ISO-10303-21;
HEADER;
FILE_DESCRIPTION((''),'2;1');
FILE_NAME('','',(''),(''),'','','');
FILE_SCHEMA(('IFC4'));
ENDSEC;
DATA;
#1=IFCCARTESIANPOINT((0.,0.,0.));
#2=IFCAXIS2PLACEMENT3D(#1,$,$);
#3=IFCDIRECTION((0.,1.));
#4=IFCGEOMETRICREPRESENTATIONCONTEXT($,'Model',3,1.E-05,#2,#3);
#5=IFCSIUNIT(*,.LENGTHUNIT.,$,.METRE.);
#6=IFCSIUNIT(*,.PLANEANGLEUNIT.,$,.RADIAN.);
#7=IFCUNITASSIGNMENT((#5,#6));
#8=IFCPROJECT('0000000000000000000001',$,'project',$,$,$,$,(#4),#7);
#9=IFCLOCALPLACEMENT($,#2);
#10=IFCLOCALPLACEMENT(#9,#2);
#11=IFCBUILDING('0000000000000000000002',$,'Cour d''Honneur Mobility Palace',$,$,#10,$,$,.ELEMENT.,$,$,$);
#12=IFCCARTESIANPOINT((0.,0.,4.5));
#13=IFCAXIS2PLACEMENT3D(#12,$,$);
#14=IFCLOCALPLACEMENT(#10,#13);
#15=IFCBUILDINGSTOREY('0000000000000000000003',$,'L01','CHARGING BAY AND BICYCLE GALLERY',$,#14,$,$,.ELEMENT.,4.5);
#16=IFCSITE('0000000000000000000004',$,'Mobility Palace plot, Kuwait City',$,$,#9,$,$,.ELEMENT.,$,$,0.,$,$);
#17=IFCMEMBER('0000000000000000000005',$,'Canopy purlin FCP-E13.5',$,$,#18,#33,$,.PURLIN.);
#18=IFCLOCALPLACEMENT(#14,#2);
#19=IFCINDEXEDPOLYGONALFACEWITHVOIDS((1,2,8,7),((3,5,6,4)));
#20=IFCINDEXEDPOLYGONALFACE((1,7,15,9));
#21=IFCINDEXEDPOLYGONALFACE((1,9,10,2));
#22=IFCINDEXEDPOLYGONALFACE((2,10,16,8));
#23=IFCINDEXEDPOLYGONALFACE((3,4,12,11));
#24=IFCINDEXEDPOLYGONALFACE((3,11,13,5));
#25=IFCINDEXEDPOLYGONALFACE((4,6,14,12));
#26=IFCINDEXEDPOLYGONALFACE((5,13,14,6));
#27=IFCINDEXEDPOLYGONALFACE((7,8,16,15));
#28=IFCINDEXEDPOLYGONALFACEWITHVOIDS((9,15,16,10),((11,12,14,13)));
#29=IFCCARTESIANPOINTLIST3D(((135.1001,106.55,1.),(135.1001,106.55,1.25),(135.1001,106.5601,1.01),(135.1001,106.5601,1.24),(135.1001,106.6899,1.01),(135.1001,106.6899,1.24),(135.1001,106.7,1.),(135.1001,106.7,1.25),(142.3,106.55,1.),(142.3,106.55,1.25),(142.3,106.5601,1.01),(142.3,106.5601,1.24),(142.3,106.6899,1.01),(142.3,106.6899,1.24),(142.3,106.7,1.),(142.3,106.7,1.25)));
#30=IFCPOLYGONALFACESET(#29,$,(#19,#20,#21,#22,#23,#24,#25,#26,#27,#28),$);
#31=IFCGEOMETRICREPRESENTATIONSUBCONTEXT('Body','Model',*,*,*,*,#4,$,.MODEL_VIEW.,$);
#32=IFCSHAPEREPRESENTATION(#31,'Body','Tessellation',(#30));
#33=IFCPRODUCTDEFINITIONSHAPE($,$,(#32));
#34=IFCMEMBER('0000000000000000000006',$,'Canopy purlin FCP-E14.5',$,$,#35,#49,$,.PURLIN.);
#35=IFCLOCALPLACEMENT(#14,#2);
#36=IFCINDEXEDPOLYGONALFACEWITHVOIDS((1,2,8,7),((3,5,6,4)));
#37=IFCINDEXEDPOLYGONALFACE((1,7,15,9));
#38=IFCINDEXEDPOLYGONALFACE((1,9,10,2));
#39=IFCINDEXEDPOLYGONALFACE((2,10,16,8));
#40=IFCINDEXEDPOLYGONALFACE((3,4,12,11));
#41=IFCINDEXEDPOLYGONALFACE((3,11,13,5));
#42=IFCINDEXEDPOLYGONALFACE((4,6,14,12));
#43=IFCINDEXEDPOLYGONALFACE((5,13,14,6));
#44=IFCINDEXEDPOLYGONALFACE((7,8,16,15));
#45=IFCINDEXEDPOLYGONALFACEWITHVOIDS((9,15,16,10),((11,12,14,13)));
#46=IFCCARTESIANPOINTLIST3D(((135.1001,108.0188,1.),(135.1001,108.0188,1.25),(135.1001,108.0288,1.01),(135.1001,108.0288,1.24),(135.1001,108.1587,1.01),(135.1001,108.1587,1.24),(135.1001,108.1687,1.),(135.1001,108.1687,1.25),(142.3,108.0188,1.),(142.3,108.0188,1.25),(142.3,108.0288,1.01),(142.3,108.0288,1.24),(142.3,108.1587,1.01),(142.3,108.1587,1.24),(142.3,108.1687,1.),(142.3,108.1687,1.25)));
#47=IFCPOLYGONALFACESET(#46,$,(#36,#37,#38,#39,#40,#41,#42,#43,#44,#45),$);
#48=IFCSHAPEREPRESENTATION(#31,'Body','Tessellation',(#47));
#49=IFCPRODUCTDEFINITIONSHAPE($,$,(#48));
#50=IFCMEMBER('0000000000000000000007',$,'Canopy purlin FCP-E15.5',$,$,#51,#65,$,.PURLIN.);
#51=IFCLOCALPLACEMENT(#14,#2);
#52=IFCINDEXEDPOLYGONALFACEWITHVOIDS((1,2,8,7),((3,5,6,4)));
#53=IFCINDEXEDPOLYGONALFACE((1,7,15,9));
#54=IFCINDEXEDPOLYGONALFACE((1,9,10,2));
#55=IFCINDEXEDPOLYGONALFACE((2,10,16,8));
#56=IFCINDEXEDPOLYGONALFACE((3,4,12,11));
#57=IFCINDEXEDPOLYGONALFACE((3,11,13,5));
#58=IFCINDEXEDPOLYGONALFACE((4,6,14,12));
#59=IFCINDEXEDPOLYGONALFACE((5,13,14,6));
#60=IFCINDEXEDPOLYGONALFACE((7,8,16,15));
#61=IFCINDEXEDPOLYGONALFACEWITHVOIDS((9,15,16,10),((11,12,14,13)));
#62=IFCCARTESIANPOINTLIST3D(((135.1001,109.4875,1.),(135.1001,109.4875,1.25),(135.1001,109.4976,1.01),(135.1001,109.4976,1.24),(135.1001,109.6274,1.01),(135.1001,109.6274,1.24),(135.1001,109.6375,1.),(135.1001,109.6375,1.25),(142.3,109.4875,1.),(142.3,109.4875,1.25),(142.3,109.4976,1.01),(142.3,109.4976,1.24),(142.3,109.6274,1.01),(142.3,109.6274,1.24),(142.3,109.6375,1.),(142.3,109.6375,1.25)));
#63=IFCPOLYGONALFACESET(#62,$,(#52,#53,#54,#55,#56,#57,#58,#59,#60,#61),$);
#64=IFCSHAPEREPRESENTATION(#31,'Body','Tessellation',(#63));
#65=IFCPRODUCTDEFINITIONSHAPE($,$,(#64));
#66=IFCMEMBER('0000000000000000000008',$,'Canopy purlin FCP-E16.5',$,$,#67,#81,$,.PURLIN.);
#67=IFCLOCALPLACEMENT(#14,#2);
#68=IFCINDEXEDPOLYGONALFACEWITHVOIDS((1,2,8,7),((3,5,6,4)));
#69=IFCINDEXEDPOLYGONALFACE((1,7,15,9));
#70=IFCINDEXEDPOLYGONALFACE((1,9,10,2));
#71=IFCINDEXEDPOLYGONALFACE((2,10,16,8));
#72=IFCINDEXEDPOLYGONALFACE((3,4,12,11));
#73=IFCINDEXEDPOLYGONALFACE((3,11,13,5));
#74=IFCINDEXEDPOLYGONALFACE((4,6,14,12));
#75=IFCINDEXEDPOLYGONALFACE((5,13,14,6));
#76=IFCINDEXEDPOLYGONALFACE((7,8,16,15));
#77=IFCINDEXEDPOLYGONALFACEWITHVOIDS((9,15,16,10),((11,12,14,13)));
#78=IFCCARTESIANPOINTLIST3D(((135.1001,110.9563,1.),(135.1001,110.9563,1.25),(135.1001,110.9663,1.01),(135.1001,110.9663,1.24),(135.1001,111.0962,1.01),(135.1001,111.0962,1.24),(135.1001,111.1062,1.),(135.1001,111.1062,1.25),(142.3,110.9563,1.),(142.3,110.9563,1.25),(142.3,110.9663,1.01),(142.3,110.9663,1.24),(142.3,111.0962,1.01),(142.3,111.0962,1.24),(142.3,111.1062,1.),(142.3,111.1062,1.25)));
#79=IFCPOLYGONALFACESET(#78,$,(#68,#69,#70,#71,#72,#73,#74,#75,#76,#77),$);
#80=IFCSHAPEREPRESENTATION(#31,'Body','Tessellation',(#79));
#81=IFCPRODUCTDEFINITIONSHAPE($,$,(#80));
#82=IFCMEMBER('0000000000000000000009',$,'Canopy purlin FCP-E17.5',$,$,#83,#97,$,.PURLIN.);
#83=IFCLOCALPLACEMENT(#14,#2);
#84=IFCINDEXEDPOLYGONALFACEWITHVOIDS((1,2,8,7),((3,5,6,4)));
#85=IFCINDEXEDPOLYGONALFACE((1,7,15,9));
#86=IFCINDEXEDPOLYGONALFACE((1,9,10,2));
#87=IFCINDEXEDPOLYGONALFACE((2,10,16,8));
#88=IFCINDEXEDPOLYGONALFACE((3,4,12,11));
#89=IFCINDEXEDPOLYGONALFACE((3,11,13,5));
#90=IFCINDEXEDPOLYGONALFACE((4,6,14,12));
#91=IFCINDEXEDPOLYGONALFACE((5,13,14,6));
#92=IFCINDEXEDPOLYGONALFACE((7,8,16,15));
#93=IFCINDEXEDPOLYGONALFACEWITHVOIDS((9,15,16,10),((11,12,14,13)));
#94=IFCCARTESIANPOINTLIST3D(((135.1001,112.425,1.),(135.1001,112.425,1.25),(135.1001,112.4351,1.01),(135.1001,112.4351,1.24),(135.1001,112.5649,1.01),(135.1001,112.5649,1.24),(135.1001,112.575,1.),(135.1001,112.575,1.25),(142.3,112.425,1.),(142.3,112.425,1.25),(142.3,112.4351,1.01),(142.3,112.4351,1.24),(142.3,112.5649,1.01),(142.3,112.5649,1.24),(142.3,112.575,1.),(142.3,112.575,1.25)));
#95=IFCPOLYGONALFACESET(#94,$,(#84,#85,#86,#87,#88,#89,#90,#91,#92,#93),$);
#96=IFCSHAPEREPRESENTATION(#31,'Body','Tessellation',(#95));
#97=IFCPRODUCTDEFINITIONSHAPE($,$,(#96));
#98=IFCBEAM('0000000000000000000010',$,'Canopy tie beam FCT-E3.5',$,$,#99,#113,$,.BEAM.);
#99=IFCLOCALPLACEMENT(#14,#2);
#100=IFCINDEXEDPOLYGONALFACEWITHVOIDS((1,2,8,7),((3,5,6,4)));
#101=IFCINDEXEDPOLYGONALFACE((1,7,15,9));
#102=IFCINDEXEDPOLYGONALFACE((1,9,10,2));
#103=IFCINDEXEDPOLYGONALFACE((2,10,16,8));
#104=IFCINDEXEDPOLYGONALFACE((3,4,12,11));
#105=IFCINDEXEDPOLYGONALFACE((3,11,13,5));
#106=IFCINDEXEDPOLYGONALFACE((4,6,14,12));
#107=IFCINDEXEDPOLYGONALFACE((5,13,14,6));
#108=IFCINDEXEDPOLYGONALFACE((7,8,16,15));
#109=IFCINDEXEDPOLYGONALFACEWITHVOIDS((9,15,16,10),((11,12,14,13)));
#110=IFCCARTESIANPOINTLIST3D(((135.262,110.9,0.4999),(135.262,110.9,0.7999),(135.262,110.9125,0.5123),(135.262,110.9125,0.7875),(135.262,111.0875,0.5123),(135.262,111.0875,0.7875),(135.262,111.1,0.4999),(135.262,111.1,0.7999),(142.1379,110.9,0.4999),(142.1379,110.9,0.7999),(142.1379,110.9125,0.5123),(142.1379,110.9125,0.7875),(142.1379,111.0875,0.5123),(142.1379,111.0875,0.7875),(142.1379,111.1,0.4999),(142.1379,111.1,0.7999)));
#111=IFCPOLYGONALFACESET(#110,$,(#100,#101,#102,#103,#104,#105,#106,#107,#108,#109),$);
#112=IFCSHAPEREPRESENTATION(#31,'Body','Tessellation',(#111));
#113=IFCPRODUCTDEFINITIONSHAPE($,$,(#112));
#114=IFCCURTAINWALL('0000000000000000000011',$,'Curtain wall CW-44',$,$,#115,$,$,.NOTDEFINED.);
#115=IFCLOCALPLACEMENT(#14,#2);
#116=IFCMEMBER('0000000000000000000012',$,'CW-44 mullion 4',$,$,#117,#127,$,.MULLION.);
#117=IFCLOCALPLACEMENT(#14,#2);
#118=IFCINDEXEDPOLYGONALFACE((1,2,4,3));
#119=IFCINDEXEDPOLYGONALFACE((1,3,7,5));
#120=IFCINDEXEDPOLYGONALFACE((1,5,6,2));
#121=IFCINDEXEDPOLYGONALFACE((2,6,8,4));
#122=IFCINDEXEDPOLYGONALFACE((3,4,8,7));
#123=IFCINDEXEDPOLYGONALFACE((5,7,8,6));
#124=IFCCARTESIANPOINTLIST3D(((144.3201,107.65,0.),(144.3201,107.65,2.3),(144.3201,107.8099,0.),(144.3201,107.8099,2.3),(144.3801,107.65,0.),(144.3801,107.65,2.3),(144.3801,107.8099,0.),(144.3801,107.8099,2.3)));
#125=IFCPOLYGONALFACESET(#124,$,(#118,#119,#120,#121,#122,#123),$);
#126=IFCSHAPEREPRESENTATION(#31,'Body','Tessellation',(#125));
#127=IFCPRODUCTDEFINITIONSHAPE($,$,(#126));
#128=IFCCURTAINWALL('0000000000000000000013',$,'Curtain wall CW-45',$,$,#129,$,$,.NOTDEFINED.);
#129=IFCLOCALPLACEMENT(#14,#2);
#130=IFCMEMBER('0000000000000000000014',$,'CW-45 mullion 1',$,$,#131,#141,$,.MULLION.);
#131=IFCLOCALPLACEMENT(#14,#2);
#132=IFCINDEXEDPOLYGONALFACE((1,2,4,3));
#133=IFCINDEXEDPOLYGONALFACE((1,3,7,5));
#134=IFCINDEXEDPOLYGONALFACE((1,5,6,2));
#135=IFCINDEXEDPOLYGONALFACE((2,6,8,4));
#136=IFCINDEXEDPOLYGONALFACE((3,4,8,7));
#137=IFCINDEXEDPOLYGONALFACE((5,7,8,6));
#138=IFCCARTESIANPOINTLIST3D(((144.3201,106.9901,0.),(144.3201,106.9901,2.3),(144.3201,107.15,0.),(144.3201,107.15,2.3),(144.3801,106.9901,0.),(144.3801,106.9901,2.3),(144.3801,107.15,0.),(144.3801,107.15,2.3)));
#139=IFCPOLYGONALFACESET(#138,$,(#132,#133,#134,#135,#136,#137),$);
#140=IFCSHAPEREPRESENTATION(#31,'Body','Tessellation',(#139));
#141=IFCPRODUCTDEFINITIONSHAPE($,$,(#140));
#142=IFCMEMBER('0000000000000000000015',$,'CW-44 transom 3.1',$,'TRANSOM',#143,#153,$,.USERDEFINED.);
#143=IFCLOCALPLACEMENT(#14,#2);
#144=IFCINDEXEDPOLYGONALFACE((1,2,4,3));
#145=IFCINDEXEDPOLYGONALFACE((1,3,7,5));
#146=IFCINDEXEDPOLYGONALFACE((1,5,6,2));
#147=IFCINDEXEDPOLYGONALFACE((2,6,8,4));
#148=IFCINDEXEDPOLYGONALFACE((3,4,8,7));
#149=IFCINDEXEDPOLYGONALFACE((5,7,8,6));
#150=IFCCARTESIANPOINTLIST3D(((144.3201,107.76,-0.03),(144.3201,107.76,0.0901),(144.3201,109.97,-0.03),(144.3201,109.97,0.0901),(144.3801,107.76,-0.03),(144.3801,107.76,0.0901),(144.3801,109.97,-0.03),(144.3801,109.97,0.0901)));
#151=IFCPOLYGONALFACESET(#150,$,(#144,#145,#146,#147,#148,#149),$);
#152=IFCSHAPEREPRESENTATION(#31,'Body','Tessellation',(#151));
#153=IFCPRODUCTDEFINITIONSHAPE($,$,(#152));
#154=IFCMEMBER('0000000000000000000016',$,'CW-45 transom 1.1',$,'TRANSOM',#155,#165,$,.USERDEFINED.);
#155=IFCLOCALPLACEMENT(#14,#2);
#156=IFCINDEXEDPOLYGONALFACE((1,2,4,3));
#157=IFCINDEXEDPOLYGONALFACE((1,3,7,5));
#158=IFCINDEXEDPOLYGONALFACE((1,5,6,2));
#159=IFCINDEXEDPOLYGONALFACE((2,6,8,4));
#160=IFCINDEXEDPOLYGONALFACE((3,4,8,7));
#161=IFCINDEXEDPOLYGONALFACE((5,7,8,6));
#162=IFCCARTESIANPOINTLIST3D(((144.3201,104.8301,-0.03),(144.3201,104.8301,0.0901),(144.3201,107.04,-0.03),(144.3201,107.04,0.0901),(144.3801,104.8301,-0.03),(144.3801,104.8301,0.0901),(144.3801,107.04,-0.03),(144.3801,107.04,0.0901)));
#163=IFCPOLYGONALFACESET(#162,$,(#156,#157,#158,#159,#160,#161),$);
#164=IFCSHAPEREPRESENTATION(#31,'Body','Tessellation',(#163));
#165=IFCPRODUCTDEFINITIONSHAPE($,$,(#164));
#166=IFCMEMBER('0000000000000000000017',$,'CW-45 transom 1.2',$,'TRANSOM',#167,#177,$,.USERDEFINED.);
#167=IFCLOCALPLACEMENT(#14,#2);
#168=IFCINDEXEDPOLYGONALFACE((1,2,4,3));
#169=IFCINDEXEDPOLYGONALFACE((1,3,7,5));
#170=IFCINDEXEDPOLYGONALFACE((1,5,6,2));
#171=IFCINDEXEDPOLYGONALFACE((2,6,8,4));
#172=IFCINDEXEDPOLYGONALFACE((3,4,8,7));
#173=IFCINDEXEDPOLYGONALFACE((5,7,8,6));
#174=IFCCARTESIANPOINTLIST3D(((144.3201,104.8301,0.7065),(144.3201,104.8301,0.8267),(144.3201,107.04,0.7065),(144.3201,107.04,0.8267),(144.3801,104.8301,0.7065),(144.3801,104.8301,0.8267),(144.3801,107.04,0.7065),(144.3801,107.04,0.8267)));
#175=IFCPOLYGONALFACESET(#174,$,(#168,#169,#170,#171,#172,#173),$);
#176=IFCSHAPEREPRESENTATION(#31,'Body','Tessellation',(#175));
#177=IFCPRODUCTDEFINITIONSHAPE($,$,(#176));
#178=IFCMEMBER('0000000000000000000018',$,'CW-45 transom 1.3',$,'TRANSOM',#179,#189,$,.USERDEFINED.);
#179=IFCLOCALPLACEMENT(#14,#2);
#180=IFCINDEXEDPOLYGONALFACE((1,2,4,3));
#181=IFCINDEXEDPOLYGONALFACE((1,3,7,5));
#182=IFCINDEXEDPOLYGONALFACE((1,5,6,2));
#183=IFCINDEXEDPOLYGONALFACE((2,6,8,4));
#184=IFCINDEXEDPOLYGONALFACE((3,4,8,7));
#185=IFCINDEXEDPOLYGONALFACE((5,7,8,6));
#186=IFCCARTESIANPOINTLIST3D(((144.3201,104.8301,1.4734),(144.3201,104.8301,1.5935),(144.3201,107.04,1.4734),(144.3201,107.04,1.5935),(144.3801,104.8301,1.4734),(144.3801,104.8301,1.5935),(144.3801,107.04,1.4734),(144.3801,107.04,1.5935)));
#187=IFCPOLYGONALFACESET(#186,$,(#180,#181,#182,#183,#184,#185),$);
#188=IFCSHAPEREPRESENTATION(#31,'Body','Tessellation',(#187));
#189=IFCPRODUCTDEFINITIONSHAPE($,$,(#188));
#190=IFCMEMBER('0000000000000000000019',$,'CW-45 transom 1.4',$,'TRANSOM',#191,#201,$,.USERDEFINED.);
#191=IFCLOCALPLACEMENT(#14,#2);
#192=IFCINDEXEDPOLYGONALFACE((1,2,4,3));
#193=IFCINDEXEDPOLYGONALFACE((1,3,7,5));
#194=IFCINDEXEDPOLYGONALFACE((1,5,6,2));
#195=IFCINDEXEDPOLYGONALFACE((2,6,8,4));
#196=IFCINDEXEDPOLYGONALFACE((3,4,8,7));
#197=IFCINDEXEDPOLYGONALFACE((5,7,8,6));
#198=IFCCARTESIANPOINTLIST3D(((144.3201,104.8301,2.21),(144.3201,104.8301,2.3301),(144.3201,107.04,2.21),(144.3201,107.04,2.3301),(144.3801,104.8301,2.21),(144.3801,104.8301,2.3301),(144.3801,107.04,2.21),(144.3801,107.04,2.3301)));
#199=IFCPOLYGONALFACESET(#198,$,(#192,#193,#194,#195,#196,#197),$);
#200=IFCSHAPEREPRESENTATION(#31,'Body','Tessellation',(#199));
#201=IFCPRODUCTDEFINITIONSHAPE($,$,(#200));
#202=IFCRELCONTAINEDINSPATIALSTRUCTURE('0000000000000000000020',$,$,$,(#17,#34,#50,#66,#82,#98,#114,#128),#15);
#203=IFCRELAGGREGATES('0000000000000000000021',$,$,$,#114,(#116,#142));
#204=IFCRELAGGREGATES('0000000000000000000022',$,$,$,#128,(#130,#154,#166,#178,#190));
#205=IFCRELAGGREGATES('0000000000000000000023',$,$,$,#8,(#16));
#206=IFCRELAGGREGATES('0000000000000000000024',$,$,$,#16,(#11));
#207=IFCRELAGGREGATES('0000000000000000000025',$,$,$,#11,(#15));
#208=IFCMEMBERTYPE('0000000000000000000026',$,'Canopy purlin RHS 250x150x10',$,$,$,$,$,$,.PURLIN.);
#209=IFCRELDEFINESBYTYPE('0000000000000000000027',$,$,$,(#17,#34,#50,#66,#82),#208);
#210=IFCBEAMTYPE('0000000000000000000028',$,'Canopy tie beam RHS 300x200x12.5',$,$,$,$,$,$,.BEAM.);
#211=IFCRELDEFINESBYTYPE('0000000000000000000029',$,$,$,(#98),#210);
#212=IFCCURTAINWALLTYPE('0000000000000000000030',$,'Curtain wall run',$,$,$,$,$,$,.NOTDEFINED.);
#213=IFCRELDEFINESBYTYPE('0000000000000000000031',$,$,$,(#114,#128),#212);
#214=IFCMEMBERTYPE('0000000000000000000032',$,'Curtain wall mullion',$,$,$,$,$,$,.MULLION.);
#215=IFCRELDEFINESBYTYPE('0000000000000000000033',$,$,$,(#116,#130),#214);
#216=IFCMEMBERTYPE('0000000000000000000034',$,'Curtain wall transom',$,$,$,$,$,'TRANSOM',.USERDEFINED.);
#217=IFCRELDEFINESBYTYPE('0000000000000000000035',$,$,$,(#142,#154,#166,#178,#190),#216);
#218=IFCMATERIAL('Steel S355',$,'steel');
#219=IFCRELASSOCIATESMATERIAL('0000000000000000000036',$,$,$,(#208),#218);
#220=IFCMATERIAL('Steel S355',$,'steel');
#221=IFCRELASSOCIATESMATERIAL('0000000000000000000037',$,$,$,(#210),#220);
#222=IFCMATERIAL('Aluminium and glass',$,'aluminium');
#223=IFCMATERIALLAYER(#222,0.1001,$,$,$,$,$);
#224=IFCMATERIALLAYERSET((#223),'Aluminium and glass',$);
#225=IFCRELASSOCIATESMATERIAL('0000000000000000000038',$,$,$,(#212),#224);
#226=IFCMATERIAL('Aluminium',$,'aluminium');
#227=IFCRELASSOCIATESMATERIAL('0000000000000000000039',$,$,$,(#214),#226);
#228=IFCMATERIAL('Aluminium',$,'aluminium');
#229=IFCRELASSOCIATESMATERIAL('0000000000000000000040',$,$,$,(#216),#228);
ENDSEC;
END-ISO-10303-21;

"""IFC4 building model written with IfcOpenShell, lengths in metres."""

from ifc_helpers import new_model, si_unit, direction, frame, origin, origin_2d, place, context, subcontext, project, spatial, rectangle, hollow_rectangle, extrude, material, layer, layer_set, material_profile, profile_set, type_object, element, aggregate, save


model = new_model("IFC4")

# Units and contexts
model_context = context("Model", 3, precision=1e-05, world=origin(), true_north=direction((0.0, 1.0)))
body_context = subcontext(model_context, "Body", "Model", "MODEL_VIEW")
ifc_project = project(units=[si_unit("LENGTHUNIT", "METRE"), si_unit("PLANEANGLEUNIT", "RADIAN")], contexts=[model_context])

# Site, building, storey
site_placement = place(None, origin())
site = spatial("IfcSite", under=ifc_project, at=site_placement, Name="Mobility Palace plot, Kuwait City", CompositionType="ELEMENT", RefElevation=0.0)
building_placement = place(site_placement, origin())
building = spatial("IfcBuilding", under=site, at=building_placement, Name="Cour d'Honneur Mobility Palace", CompositionType="ELEMENT")
storey_placement = place(building_placement, frame((0.0, 0.0, 4.5)))
storey = spatial("IfcBuildingStorey", under=building, at=storey_placement, Name="L01", Description="CHARGING BAY AND BICYCLE GALLERY", CompositionType="ELEMENT", Elevation=4.5)

# Members
ifc_material_1 = material(Name="Steel S355", Category="steel")
ifc_material_profile_1 = material_profile(ifc_material_1, hollow_rectangle(XDim=0.1499, YDim=0.25, WallThickness=0.01, at=origin_2d()), Name="RHS 250x150x10")
ifc_profile_set_1 = profile_set([ifc_material_profile_1], Name="Steel S355")
member_type_1 = type_object("IfcMemberType", Name="Canopy purlin RHS 250x150x10", PredefinedType="PURLIN", material=ifc_profile_set_1)
for number, where, z_axis, x_axis, name in (
    (1, (135.1001, 106.625, 1.125), (1.0, 0.0, 0.0), (0.0, 1.0, 0.0), "Canopy purlin FCP-E13.5"),
    (2, (135.1001, 108.0938, 1.125), (1.0, 0.0, 0.0), (0.0, 1.0, 0.0), "Canopy purlin FCP-E14.5"),
    (3, (135.1001, 109.5625, 1.125), (1.0, 0.0, 0.0), (0.0, 1.0, 0.0), "Canopy purlin FCP-E15.5"),
    (4, (135.1001, 111.0312, 1.125), (1.0, 0.0, 0.0), (0.0, 1.0, 0.0), "Canopy purlin FCP-E16.5"),
    (5, (135.1001, 112.5, 1.125), (1.0, 0.0, 0.0), (0.0, 1.0, 0.0), "Canopy purlin FCP-E17.5"),
):
    element("IfcMember", number, at=place(storey_placement, frame(where, z_axis=z_axis, x_axis=x_axis)), inside=storey, type_object=member_type_1, Name=name, PredefinedType="PURLIN", context=body_context, shape_type="SweptSolid", body=[
        extrude(hollow_rectangle(XDim=0.1499, YDim=0.25, WallThickness=0.01, at=origin_2d()), origin(), (0.0, 0.0, 1.0), 7.2),
    ])

# Beam
ifc_material_2 = material(Name="Steel S355", Category="steel")
ifc_material_profile_2 = material_profile(ifc_material_2, hollow_rectangle(XDim=0.2, YDim=0.3, WallThickness=0.0125, at=origin_2d()), Name="RHS 300x200x12.5")
ifc_profile_set_2 = profile_set([ifc_material_profile_2], Name="Steel S355")
beam_type = type_object("IfcBeamType", Name="Canopy tie beam RHS 300x200x12.5", PredefinedType="BEAM", material=ifc_profile_set_2)
beam_placement = place(storey_placement, frame((135.262, 111.0, 0.6499), z_axis=(1.0, 0.0, 0.0), x_axis=(0.0, 1.0, 0.0)))
element("IfcBeam", 6, at=beam_placement, inside=storey, type_object=beam_type, Name="Canopy tie beam FCT-E3.5", PredefinedType="BEAM", context=body_context, shape_type="SweptSolid", body=[
    extrude(hollow_rectangle(XDim=0.2, YDim=0.3, WallThickness=0.0125, at=origin_2d()), origin(), (0.0, 0.0, 1.0), 6.876),
])

# Curtain walls, members
ifc_material_3 = material(Name="Aluminium and glass", Category="aluminium")
ifc_layer_1 = layer(ifc_material_3, 0.1001)
ifc_layer_set_1 = layer_set([ifc_layer_1], Name="Aluminium and glass")
curtain_wall_type = type_object("IfcCurtainWallType", Name="Curtain wall run", PredefinedType="NOTDEFINED", material=ifc_layer_set_1)
curtain_wall_1_placement = place(storey_placement, origin())
curtain_wall_1 = element("IfcCurtainWall", 7, at=curtain_wall_1_placement, inside=storey, type_object=curtain_wall_type, Name="Curtain wall CW-44", PredefinedType="NOTDEFINED")
ifc_material_4 = material(Name="Aluminium", Category="aluminium")
ifc_material_profile_3 = material_profile(ifc_material_4, rectangle(XDim=0.0601, YDim=0.1599, at=origin_2d()), Name="Curtain wall mullion")
ifc_profile_set_3 = profile_set([ifc_material_profile_3], Name="Aluminium")
member_type_2 = type_object("IfcMemberType", Name="Curtain wall mullion", PredefinedType="MULLION", material=ifc_profile_set_3)
member_1_placement = place(storey_placement, frame((144.3501, 107.73, 0.0), z_axis=(0.0, 0.0, 1.0), x_axis=(1.0, 0.0, 0.0)))
member_1 = element("IfcMember", 8, at=member_1_placement, type_object=member_type_2, Name="CW-44 mullion 4", PredefinedType="MULLION", context=body_context, shape_type="SweptSolid", body=[
    extrude(rectangle(XDim=0.0601, YDim=0.1599, at=origin_2d()), origin(), (0.0, 0.0, 1.0), 2.3),
])
curtain_wall_2_placement = place(storey_placement, origin())
curtain_wall_2 = element("IfcCurtainWall", 9, at=curtain_wall_2_placement, inside=storey, type_object=curtain_wall_type, Name="Curtain wall CW-45", PredefinedType="NOTDEFINED")
member_2_placement = place(storey_placement, frame((144.3501, 107.0701, 0.0), z_axis=(0.0, 0.0, 1.0), x_axis=(1.0, 0.0, 0.0)))
member_2 = element("IfcMember", 10, at=member_2_placement, type_object=member_type_2, Name="CW-45 mullion 1", PredefinedType="MULLION", context=body_context, shape_type="SweptSolid", body=[
    extrude(rectangle(XDim=0.0601, YDim=0.1599, at=origin_2d()), origin(), (0.0, 0.0, 1.0), 2.3),
])

# Members
ifc_material_5 = material(Name="Aluminium", Category="aluminium")
ifc_material_profile_4 = material_profile(ifc_material_5, rectangle(XDim=0.0601, YDim=0.1201, at=origin_2d()), Name="Curtain wall transom")
ifc_profile_set_4 = profile_set([ifc_material_profile_4], Name="Aluminium")
member_type_3 = type_object("IfcMemberType", Name="Curtain wall transom", ElementType="TRANSOM", PredefinedType="USERDEFINED", material=ifc_profile_set_4)
member_3_placement = place(storey_placement, frame((144.3501, 109.97, 0.03), z_axis=(0.0, -1.0, 0.0), x_axis=(1.0, 0.0, 0.0)))
member_3 = element("IfcMember", 11, at=member_3_placement, type_object=member_type_3, Name="CW-44 transom 3.1", ObjectType="TRANSOM", PredefinedType="USERDEFINED", context=body_context, shape_type="SweptSolid", body=[
    extrude(rectangle(XDim=0.0601, YDim=0.1201, at=origin_2d()), origin(), (0.0, 0.0, 1.0), 2.21),
])
member_4_placement = place(storey_placement, frame((144.3501, 107.04, 0.03), z_axis=(0.0, -1.0, 0.0), x_axis=(1.0, 0.0, 0.0)))
member_4 = element("IfcMember", 12, at=member_4_placement, type_object=member_type_3, Name="CW-45 transom 1.1", ObjectType="TRANSOM", PredefinedType="USERDEFINED", context=body_context, shape_type="SweptSolid", body=[
    extrude(rectangle(XDim=0.0601, YDim=0.1201, at=origin_2d()), origin(), (0.0, 0.0, 1.0), 2.21),
])
member_5_placement = place(storey_placement, frame((144.3501, 107.04, 0.7666), z_axis=(0.0, -1.0, 0.0), x_axis=(1.0, 0.0, 0.0)))
member_5 = element("IfcMember", 13, at=member_5_placement, type_object=member_type_3, Name="CW-45 transom 1.2", ObjectType="TRANSOM", PredefinedType="USERDEFINED", context=body_context, shape_type="SweptSolid", body=[
    extrude(rectangle(XDim=0.0601, YDim=0.1201, at=origin_2d()), origin(), (0.0, 0.0, 1.0), 2.21),
])
member_6_placement = place(storey_placement, frame((144.3501, 107.04, 1.5334), z_axis=(0.0, -1.0, 0.0), x_axis=(1.0, 0.0, 0.0)))
member_6 = element("IfcMember", 14, at=member_6_placement, type_object=member_type_3, Name="CW-45 transom 1.3", ObjectType="TRANSOM", PredefinedType="USERDEFINED", context=body_context, shape_type="SweptSolid", body=[
    extrude(rectangle(XDim=0.0601, YDim=0.1201, at=origin_2d()), origin(), (0.0, 0.0, 1.0), 2.21),
])
member_7_placement = place(storey_placement, frame((144.3501, 107.04, 2.27), z_axis=(0.0, -1.0, 0.0), x_axis=(1.0, 0.0, 0.0)))
member_7 = element("IfcMember", 15, at=member_7_placement, type_object=member_type_3, Name="CW-45 transom 1.4", ObjectType="TRANSOM", PredefinedType="USERDEFINED", context=body_context, shape_type="SweptSolid", body=[
    extrude(rectangle(XDim=0.0601, YDim=0.1201, at=origin_2d()), origin(), (0.0, 0.0, 1.0), 2.21),
])

aggregate(curtain_wall_1, [member_1, member_3])
aggregate(curtain_wall_2, [member_2, member_4, member_5, member_6, member_7])

save(model, "model.ifc")
